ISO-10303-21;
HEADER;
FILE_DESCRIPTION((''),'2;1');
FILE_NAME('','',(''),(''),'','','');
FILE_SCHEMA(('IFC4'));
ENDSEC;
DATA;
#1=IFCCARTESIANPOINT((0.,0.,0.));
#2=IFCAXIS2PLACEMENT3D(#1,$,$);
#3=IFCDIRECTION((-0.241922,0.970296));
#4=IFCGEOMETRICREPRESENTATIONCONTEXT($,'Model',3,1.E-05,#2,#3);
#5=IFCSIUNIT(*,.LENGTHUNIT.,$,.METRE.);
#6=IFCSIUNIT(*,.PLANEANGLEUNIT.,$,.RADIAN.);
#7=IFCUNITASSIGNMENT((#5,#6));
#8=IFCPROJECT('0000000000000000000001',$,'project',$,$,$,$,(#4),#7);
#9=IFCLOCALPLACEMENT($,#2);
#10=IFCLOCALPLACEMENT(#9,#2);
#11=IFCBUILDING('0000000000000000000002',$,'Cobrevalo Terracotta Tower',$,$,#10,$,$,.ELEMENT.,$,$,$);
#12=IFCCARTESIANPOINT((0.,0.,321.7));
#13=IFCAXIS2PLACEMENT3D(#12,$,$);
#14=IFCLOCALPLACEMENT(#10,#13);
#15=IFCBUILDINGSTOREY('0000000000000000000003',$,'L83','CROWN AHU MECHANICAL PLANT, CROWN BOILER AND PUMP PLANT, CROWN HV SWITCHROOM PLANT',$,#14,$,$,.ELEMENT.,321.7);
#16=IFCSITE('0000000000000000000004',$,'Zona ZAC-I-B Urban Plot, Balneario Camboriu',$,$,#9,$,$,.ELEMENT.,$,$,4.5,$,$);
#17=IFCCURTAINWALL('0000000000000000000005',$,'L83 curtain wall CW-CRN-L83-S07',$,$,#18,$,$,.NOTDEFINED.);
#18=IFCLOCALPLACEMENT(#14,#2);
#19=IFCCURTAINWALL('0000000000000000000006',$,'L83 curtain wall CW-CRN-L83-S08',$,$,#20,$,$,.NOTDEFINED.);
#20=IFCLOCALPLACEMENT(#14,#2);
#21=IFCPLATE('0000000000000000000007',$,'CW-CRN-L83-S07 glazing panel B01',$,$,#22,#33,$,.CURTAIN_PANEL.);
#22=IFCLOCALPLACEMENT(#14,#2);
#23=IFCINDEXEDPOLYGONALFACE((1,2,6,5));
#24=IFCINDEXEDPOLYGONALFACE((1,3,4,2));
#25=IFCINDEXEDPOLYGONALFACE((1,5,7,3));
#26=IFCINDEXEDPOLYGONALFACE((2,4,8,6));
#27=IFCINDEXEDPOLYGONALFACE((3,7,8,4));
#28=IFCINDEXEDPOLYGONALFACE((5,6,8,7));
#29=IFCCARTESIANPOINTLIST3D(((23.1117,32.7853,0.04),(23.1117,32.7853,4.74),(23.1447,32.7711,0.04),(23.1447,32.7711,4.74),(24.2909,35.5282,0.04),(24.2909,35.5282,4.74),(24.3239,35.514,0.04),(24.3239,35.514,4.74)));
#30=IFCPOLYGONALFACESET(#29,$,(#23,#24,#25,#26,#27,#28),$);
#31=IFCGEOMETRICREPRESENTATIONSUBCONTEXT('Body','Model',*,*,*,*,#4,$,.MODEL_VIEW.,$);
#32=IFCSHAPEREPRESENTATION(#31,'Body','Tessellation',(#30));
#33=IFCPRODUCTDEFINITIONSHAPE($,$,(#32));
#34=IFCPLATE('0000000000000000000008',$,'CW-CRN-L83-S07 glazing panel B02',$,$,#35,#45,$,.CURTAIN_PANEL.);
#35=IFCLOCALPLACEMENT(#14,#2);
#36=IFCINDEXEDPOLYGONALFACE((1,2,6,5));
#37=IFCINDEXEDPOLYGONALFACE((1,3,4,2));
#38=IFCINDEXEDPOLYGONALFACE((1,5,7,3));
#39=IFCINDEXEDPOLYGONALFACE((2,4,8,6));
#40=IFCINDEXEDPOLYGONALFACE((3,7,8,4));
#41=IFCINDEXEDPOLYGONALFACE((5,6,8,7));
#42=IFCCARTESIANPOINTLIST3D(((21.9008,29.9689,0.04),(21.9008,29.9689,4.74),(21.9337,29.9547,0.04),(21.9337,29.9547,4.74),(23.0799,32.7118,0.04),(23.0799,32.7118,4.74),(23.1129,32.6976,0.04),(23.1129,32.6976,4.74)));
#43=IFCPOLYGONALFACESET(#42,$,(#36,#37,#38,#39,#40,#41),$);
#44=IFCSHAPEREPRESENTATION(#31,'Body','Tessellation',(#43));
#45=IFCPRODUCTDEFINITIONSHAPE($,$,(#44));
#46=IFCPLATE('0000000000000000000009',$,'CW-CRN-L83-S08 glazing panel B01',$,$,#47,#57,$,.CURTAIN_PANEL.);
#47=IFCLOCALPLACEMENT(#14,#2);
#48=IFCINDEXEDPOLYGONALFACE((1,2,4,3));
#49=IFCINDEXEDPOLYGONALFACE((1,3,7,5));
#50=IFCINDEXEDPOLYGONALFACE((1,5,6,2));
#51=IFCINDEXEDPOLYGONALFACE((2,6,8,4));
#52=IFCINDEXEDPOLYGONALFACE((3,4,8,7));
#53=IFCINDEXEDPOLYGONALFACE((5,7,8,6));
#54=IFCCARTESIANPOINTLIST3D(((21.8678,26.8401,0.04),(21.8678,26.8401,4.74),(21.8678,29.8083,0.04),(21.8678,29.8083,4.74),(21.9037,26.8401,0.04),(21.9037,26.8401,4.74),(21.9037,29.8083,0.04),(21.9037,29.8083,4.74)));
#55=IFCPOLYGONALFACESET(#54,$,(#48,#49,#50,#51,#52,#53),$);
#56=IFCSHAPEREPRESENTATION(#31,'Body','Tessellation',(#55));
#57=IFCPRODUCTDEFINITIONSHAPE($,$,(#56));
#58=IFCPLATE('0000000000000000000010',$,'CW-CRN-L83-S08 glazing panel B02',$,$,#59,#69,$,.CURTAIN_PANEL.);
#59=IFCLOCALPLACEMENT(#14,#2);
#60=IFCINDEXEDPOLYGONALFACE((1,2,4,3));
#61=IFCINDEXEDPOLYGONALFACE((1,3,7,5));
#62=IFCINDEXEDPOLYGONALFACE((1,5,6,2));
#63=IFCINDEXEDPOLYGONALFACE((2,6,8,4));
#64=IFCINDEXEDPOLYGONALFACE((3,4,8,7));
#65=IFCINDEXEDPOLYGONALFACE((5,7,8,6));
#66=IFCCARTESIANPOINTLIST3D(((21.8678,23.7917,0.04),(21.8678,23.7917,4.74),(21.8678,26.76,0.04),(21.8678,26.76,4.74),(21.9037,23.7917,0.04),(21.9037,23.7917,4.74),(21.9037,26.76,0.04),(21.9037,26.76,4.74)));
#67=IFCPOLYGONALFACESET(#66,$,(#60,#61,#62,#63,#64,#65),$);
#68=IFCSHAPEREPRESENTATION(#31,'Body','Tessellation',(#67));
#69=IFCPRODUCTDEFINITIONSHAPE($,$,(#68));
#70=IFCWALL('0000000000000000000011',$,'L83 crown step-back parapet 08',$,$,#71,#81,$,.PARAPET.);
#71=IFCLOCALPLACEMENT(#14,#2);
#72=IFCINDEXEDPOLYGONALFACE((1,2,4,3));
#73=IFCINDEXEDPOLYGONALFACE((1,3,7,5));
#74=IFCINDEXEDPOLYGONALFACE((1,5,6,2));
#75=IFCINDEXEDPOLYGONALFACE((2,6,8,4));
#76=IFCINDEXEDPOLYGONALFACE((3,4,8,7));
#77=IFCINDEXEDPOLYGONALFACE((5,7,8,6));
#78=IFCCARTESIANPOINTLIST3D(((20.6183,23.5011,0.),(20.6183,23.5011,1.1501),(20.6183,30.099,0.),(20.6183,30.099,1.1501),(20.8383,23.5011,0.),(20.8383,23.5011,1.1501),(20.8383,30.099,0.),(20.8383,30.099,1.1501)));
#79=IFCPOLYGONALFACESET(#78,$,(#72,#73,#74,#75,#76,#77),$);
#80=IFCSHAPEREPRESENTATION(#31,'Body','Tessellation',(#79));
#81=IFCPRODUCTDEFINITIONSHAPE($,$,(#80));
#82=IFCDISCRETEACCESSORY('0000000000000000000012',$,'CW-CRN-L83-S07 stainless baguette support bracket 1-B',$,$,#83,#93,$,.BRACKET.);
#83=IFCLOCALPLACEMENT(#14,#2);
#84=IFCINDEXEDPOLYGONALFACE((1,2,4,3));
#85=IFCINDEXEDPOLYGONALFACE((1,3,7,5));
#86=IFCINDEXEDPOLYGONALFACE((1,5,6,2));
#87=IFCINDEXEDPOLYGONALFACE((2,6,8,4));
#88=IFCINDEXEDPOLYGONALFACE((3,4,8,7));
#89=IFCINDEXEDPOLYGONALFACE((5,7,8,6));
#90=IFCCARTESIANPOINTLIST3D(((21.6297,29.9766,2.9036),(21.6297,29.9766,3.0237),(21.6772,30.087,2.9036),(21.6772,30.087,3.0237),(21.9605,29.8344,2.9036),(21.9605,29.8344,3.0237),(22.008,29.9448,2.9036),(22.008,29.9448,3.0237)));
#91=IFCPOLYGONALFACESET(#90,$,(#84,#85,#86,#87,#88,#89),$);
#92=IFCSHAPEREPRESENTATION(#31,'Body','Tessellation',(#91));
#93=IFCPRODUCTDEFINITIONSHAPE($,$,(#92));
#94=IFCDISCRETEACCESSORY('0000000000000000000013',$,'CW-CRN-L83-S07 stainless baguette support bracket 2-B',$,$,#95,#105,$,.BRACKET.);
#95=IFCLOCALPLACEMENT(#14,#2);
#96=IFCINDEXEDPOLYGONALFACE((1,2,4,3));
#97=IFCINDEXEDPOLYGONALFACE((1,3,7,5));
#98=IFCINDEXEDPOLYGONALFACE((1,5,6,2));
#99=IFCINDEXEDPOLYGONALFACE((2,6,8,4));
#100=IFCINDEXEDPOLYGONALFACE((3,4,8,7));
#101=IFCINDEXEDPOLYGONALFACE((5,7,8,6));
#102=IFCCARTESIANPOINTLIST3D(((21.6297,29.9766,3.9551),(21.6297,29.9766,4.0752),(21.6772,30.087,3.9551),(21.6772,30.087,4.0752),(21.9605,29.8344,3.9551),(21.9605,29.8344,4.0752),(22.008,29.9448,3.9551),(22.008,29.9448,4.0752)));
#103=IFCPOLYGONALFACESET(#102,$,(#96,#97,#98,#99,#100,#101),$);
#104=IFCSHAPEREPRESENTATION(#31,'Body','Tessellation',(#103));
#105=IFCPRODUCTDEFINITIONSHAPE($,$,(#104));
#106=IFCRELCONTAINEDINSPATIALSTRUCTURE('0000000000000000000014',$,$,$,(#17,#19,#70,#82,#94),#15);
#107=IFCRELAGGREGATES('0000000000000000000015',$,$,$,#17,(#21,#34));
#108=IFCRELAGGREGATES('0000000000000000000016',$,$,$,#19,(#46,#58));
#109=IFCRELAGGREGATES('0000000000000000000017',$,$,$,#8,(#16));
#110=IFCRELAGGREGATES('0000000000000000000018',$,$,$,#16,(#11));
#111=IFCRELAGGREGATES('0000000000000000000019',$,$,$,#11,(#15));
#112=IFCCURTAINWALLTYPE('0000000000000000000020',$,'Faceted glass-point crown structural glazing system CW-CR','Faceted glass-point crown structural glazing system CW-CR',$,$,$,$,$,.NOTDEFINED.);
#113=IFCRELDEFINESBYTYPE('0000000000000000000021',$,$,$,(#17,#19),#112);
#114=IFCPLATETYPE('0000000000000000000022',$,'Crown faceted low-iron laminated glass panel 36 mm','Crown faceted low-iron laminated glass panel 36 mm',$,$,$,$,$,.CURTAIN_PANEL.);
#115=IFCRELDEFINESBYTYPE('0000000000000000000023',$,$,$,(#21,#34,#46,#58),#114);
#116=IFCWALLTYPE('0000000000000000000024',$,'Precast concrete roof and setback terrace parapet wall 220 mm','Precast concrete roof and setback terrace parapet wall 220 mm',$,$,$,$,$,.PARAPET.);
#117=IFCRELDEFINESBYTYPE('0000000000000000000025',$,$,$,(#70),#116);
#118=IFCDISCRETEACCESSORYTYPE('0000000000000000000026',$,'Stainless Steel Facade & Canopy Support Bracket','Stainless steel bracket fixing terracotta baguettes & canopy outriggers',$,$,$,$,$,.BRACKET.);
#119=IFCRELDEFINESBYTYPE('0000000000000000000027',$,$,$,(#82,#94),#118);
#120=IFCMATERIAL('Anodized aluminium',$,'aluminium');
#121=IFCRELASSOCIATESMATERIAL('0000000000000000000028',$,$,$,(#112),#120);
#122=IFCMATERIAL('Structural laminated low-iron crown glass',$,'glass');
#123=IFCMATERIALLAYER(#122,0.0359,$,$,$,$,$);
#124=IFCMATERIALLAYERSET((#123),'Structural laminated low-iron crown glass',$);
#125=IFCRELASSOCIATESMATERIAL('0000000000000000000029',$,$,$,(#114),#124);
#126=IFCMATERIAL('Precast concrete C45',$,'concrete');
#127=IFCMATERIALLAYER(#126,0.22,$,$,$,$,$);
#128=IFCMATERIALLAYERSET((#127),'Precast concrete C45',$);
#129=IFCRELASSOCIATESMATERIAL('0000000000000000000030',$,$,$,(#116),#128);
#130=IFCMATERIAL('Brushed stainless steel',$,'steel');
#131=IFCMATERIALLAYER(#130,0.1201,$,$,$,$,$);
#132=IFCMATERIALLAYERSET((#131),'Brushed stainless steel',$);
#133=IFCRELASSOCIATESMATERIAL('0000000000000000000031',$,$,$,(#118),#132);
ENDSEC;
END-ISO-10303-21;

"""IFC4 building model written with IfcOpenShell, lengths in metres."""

from ifc_helpers import new_model, si_unit, direction, frame, frame_2d, origin, origin_2d, place, context, subcontext, project, spatial, rectangle, extrude, source, transform, mapped, material, layer, layer_set, type_object, element, aggregate, save


model = new_model("IFC4")

# Units and contexts
model_context = context("Model", 3, precision=1e-05, world=origin(), true_north=direction((-0.241922, 0.970296)))
body_context = subcontext(model_context, "Body", "Model", "MODEL_VIEW")
ifc_project = project(units=[si_unit("LENGTHUNIT", "METRE"), si_unit("PLANEANGLEUNIT", "RADIAN")], contexts=[model_context])

# Site, building, storey
site_placement = place(None, origin())
site = spatial("IfcSite", under=ifc_project, at=site_placement, Name="Zona ZAC-I-B Urban Plot, Balneario Camboriu", CompositionType="ELEMENT", RefElevation=4.5)
building_placement = place(site_placement, origin())
building = spatial("IfcBuilding", under=site, at=building_placement, Name="Cobrevalo Terracotta Tower", CompositionType="ELEMENT")
storey_placement = place(building_placement, frame((0.0, 0.0, 321.7)))
storey = spatial("IfcBuildingStorey", under=building, at=storey_placement, Name="L83", Description="CROWN AHU MECHANICAL PLANT, CROWN BOILER AND PUMP PLANT, CROWN HV SWITCHROOM PLANT", CompositionType="ELEMENT", Elevation=321.7)

# Curtain walls
ifc_material_1 = material(Name="Anodized aluminium", Category="aluminium")
curtain_wall_type = type_object("IfcCurtainWallType", Name="Faceted glass-point crown structural glazing system CW-CR", Description="Faceted glass-point crown structural glazing system CW-CR", PredefinedType="NOTDEFINED", material=ifc_material_1)
curtain_wall_1_placement = place(storey_placement, origin())
curtain_wall_1 = element("IfcCurtainWall", 1, at=curtain_wall_1_placement, inside=storey, type_object=curtain_wall_type, Name="L83 curtain wall CW-CRN-L83-S07", PredefinedType="NOTDEFINED")
curtain_wall_2_placement = place(storey_placement, origin())
curtain_wall_2 = element("IfcCurtainWall", 2, at=curtain_wall_2_placement, inside=storey, type_object=curtain_wall_type, Name="L83 curtain wall CW-CRN-L83-S08", PredefinedType="NOTDEFINED")

# Plates
ifc_material_2 = material(Name="Structural laminated low-iron crown glass", Category="glass")
ifc_layer_1 = layer(ifc_material_2, 0.0359)
ifc_layer_set_1 = layer_set([ifc_layer_1], Name="Structural laminated low-iron crown glass")
plate_type = type_object("IfcPlateType", Name="Crown faceted low-iron laminated glass panel 36 mm", Description="Crown faceted low-iron laminated glass panel 36 mm", PredefinedType="CURTAIN_PANEL", material=ifc_layer_set_1)
shared_shape_1 = source(origin(), body_context, "Body", "SweptSolid", [
    extrude(rectangle(XDim=2.9856, YDim=0.0359, at=origin_2d()), origin(), (0.0, 0.0, 1.0), 4.7),
])
plate_1_placement = place(storey_placement, frame((23.7178, 34.1497, 0.04), z_axis=(0.0, 0.0, 1.0), x_axis=(-0.39496, -0.918698, 0.0)))
plate_1 = element("IfcPlate", 3, at=plate_1_placement, type_object=plate_type, Name="CW-CRN-L83-S07 glazing panel B01", PredefinedType="CURTAIN_PANEL", context=body_context, shape_type="MappedRepresentation", body=[
    mapped(shared_shape_1, transform((0.0, 0.0, 0.0), scale=1.0)),
])
plate_2_placement = place(storey_placement, frame((22.5068, 31.3333, 0.04), z_axis=(0.0, 0.0, 1.0), x_axis=(-0.39496, -0.918698, 0.0)))
plate_2 = element("IfcPlate", 4, at=plate_2_placement, type_object=plate_type, Name="CW-CRN-L83-S07 glazing panel B02", PredefinedType="CURTAIN_PANEL", context=body_context, shape_type="MappedRepresentation", body=[
    mapped(shared_shape_1, transform((0.0, 0.0, 0.0), scale=1.0)),
])
aggregate(curtain_wall_1, [plate_1, plate_2])
shared_shape_2 = source(origin(), body_context, "Body", "SweptSolid", [
    extrude(rectangle(XDim=2.9683, YDim=0.0359, at=origin_2d()), origin(), (0.0, 0.0, 1.0), 4.7),
])
plate_3_placement = place(storey_placement, frame((21.8857, 28.3242, 0.04), z_axis=(0.0, 0.0, 1.0), x_axis=(0.0, -1.0, 0.0)))
plate_3 = element("IfcPlate", 5, at=plate_3_placement, type_object=plate_type, Name="CW-CRN-L83-S08 glazing panel B01", PredefinedType="CURTAIN_PANEL", context=body_context, shape_type="MappedRepresentation", body=[
    mapped(shared_shape_2, transform((0.0, 0.0, 0.0), scale=1.0)),
])
plate_4_placement = place(storey_placement, frame((21.8857, 25.2759, 0.04), z_axis=(0.0, 0.0, 1.0), x_axis=(0.0, -1.0, 0.0)))
plate_4 = element("IfcPlate", 6, at=plate_4_placement, type_object=plate_type, Name="CW-CRN-L83-S08 glazing panel B02", PredefinedType="CURTAIN_PANEL", context=body_context, shape_type="MappedRepresentation", body=[
    mapped(shared_shape_2, transform((0.0, 0.0, 0.0), scale=1.0)),
])
aggregate(curtain_wall_2, [plate_3, plate_4])

# Wall
ifc_material_3 = material(Name="Precast concrete C45", Category="concrete")
ifc_layer_2 = layer(ifc_material_3, 0.22)
ifc_layer_set_2 = layer_set([ifc_layer_2], Name="Precast concrete C45")
wall_type = type_object("IfcWallType", Name="Precast concrete roof and setback terrace parapet wall 220 mm", Description="Precast concrete roof and setback terrace parapet wall 220 mm", PredefinedType="PARAPET", material=ifc_layer_set_2)
wall_placement = place(storey_placement, frame((20.7283, 30.0989, 0.0), z_axis=(0.0, 0.0, 1.0), x_axis=(0.0, -1.0, 0.0)))
element("IfcWall", 7, at=wall_placement, inside=storey, type_object=wall_type, Name="L83 crown step-back parapet 08", PredefinedType="PARAPET", context=body_context, shape_type="SweptSolid", body=[
    extrude(rectangle(XDim=6.5979, YDim=0.22, at=frame_2d((3.2988, 0.0))), origin(), (0.0, 0.0, 1.0), 1.1501),
])

# Discrete accessories
ifc_material_4 = material(Name="Brushed stainless steel", Category="steel")
ifc_layer_3 = layer(ifc_material_4, 0.1201)
ifc_layer_set_3 = layer_set([ifc_layer_3], Name="Brushed stainless steel")
discrete_accessory_type = type_object("IfcDiscreteAccessoryType", Name="Stainless Steel Facade & Canopy Support Bracket", Description="Stainless steel bracket fixing terracotta baguettes & canopy outriggers", PredefinedType="BRACKET", material=ifc_layer_set_3)
shared_shape_3 = source(origin(), body_context, "Body", "SweptSolid", [
    extrude(rectangle(XDim=0.1201, YDim=0.3601, at=origin_2d()), origin(), (0.0, 0.0, 1.0), 0.1201),
])
for number, where, z_axis, x_axis, name in (
    (8, (21.8188, 29.9607, 2.9036), (0.0, 0.0, 1.0), (-0.39496, -0.918698, 0.0), "CW-CRN-L83-S07 stainless baguette support bracket 1-B"),
    (9, (21.8188, 29.9607, 3.9551), (0.0, 0.0, 1.0), (-0.39496, -0.918698, 0.0), "CW-CRN-L83-S07 stainless baguette support bracket 2-B"),
):
    element("IfcDiscreteAccessory", number, at=place(storey_placement, frame(where, z_axis=z_axis, x_axis=x_axis)), inside=storey, type_object=discrete_accessory_type, Name=name, PredefinedType="BRACKET", context=body_context, shape_type="MappedRepresentation", body=[
        mapped(shared_shape_3, transform((0.0, 0.0, 0.0), scale=1.0)),
    ])

save(model, "model.ifc")
